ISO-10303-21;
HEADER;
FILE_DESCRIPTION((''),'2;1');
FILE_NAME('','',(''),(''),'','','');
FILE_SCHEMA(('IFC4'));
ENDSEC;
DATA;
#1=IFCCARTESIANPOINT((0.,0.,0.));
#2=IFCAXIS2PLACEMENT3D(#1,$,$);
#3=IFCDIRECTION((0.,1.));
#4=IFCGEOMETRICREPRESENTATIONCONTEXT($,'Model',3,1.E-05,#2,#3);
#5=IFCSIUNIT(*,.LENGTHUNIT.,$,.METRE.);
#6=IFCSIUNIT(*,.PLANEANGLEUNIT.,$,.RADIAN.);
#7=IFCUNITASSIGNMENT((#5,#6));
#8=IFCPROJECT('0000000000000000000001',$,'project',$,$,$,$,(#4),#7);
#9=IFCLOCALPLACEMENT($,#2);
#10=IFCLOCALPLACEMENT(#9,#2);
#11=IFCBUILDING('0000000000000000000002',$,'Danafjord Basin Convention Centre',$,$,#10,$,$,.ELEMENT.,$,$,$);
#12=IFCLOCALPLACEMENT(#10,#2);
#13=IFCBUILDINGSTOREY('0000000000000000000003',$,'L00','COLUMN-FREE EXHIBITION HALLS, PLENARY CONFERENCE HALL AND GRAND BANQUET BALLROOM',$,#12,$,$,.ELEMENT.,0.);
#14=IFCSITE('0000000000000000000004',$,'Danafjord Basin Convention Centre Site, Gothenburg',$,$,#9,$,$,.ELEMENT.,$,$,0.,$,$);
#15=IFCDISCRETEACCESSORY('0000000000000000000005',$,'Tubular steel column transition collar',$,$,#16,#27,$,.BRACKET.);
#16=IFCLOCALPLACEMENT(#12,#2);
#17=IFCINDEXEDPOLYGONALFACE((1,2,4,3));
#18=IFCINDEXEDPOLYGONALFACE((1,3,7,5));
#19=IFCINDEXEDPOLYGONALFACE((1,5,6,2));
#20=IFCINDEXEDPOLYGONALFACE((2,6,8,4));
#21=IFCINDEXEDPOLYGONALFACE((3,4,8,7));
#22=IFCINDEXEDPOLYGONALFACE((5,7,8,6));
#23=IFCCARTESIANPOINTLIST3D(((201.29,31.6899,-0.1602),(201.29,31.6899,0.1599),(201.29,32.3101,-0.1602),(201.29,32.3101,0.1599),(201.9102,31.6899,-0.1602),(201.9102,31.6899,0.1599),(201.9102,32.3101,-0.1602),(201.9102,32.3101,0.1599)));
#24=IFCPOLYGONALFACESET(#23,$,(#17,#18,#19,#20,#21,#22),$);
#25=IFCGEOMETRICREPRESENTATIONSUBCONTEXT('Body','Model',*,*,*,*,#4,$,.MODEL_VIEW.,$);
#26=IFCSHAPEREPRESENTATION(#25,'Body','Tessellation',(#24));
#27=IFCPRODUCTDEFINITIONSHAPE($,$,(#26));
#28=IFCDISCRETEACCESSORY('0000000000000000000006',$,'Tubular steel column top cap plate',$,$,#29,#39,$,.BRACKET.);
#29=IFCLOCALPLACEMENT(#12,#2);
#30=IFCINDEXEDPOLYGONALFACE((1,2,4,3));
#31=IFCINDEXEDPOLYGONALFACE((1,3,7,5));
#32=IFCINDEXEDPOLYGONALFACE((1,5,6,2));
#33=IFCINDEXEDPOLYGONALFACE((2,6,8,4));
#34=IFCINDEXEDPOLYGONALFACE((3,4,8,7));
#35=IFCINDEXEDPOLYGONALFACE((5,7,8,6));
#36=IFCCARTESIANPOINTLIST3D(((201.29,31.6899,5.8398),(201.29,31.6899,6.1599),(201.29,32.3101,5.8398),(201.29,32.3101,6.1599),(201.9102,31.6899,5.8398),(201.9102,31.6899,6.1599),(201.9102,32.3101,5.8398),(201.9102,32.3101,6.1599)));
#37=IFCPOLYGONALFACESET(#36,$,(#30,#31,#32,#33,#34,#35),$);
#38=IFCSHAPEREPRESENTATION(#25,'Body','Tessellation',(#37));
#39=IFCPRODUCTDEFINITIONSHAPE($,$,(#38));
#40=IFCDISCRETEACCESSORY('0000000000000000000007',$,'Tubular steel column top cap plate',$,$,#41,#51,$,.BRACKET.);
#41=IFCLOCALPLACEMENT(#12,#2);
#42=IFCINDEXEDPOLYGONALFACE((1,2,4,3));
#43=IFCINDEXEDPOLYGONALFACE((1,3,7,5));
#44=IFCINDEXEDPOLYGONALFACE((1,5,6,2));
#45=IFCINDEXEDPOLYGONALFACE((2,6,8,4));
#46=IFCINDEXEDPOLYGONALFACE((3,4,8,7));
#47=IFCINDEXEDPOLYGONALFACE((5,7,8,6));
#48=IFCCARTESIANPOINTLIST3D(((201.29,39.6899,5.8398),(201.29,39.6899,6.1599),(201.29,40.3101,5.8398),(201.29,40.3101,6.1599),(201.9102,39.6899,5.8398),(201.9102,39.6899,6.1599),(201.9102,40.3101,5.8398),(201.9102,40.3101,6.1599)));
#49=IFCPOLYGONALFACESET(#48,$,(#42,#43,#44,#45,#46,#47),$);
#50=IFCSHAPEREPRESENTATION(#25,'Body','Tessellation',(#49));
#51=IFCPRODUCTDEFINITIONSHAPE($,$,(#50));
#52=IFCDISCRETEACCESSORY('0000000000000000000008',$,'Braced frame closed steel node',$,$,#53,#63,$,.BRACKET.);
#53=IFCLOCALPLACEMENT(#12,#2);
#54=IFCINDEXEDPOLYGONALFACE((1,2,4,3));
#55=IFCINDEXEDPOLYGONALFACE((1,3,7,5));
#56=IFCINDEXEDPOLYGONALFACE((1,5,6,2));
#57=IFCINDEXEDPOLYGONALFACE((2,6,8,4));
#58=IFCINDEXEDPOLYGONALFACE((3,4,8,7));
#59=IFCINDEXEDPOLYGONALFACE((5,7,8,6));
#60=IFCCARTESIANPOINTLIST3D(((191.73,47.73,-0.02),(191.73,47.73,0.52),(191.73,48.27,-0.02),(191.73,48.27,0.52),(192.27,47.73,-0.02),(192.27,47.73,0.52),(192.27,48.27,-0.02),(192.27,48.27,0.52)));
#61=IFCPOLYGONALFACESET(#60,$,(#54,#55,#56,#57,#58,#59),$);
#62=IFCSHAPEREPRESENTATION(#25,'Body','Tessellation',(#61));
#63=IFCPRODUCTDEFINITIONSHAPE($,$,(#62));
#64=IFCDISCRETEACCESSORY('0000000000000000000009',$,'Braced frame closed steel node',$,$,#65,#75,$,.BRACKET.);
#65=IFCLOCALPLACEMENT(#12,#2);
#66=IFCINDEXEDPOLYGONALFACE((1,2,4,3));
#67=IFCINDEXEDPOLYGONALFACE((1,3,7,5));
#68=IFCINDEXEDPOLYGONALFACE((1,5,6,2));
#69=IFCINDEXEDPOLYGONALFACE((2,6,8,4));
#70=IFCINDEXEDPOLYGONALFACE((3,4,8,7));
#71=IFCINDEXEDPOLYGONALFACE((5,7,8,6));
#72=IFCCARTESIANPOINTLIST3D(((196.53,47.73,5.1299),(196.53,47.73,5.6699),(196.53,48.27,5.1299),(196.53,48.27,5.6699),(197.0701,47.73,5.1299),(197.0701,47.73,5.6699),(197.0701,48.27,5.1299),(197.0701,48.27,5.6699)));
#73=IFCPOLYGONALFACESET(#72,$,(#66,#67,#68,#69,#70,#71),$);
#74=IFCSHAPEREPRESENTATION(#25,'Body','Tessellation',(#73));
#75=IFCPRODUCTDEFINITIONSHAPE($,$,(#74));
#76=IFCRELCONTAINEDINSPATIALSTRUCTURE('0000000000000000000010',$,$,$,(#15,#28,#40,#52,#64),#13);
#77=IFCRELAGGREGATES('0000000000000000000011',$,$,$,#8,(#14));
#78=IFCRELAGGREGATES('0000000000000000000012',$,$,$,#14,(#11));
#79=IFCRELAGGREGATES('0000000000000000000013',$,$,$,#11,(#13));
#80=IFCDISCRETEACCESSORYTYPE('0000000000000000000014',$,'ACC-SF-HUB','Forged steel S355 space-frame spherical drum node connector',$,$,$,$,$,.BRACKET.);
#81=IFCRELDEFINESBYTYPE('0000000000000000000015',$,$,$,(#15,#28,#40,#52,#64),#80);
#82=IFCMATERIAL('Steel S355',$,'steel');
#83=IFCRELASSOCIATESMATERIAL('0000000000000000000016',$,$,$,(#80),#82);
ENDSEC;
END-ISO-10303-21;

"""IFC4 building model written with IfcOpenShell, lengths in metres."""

from ifc_helpers import new_model, si_unit, direction, frame, origin, origin_2d, place, context, subcontext, project, spatial, rectangle, extrude, material, type_object, element, save


model = new_model("IFC4")

# Units and contexts
model_context = context("Model", 3, precision=1e-05, world=origin(), true_north=direction((0.0, 1.0)))
body_context = subcontext(model_context, "Body", "Model", "MODEL_VIEW")
ifc_project = project(units=[si_unit("LENGTHUNIT", "METRE"), si_unit("PLANEANGLEUNIT", "RADIAN")], contexts=[model_context])

# Site, building, storey
site_placement = place(None, origin())
site = spatial("IfcSite", under=ifc_project, at=site_placement, Name="Danafjord Basin Convention Centre Site, Gothenburg", CompositionType="ELEMENT", RefElevation=0.0)
building_placement = place(site_placement, origin())
building = spatial("IfcBuilding", under=site, at=building_placement, Name="Danafjord Basin Convention Centre", CompositionType="ELEMENT")
storey_placement = place(building_placement, origin())
storey = spatial("IfcBuildingStorey", under=building, at=storey_placement, Name="L00", Description="COLUMN-FREE EXHIBITION HALLS, PLENARY CONFERENCE HALL AND GRAND BANQUET BALLROOM", CompositionType="ELEMENT", Elevation=0.0)

# Shared definitions
ifc_material_1 = material(Name="Steel S355", Category="steel")

# Discrete accessories
discrete_accessory_type = type_object("IfcDiscreteAccessoryType", Name="ACC-SF-HUB", Description="Forged steel S355 space-frame spherical drum node connector", PredefinedType="BRACKET", material=ifc_material_1)
for number, where, z_axis, x_axis, name in (
    (1, (201.6001, 32.0, -0.1602), (0.0, 0.0, 1.0), (1.0, 0.0, 0.0), "Tubular steel column transition collar"),
    (2, (201.6001, 32.0, 5.8398), (0.0, 0.0, 1.0), (1.0, 0.0, 0.0), "Tubular steel column top cap plate"),
    (3, (201.6001, 40.0, 5.8398), (0.0, 0.0, 1.0), (1.0, 0.0, 0.0), "Tubular steel column top cap plate"),
):
    element("IfcDiscreteAccessory", number, at=place(storey_placement, frame(where, z_axis=z_axis, x_axis=x_axis)), inside=storey, type_object=discrete_accessory_type, Name=name, PredefinedType="BRACKET", context=body_context, shape_type="SweptSolid", body=[
        extrude(rectangle(XDim=0.6201, YDim=0.6201, at=origin_2d()), origin(), (0.0, 0.0, 1.0), 0.3201),
    ])
for number, where, z_axis, x_axis, name in (
    (4, (192.0, 48.0, -0.02), (0.0, 0.0, 1.0), (1.0, 0.0, 0.0), "Braced frame closed steel node"),
    (5, (196.8, 48.0, 5.1299), (0.0, 0.0, 1.0), (1.0, 0.0, 0.0), "Braced frame closed steel node"),
):
    element("IfcDiscreteAccessory", number, at=place(storey_placement, frame(where, z_axis=z_axis, x_axis=x_axis)), inside=storey, type_object=discrete_accessory_type, Name=name, PredefinedType="BRACKET", context=body_context, shape_type="SweptSolid", body=[
        extrude(rectangle(XDim=0.54, YDim=0.54, at=origin_2d()), origin(), (0.0, 0.0, 1.0), 0.54),
    ])

save(model, "model.ifc")
